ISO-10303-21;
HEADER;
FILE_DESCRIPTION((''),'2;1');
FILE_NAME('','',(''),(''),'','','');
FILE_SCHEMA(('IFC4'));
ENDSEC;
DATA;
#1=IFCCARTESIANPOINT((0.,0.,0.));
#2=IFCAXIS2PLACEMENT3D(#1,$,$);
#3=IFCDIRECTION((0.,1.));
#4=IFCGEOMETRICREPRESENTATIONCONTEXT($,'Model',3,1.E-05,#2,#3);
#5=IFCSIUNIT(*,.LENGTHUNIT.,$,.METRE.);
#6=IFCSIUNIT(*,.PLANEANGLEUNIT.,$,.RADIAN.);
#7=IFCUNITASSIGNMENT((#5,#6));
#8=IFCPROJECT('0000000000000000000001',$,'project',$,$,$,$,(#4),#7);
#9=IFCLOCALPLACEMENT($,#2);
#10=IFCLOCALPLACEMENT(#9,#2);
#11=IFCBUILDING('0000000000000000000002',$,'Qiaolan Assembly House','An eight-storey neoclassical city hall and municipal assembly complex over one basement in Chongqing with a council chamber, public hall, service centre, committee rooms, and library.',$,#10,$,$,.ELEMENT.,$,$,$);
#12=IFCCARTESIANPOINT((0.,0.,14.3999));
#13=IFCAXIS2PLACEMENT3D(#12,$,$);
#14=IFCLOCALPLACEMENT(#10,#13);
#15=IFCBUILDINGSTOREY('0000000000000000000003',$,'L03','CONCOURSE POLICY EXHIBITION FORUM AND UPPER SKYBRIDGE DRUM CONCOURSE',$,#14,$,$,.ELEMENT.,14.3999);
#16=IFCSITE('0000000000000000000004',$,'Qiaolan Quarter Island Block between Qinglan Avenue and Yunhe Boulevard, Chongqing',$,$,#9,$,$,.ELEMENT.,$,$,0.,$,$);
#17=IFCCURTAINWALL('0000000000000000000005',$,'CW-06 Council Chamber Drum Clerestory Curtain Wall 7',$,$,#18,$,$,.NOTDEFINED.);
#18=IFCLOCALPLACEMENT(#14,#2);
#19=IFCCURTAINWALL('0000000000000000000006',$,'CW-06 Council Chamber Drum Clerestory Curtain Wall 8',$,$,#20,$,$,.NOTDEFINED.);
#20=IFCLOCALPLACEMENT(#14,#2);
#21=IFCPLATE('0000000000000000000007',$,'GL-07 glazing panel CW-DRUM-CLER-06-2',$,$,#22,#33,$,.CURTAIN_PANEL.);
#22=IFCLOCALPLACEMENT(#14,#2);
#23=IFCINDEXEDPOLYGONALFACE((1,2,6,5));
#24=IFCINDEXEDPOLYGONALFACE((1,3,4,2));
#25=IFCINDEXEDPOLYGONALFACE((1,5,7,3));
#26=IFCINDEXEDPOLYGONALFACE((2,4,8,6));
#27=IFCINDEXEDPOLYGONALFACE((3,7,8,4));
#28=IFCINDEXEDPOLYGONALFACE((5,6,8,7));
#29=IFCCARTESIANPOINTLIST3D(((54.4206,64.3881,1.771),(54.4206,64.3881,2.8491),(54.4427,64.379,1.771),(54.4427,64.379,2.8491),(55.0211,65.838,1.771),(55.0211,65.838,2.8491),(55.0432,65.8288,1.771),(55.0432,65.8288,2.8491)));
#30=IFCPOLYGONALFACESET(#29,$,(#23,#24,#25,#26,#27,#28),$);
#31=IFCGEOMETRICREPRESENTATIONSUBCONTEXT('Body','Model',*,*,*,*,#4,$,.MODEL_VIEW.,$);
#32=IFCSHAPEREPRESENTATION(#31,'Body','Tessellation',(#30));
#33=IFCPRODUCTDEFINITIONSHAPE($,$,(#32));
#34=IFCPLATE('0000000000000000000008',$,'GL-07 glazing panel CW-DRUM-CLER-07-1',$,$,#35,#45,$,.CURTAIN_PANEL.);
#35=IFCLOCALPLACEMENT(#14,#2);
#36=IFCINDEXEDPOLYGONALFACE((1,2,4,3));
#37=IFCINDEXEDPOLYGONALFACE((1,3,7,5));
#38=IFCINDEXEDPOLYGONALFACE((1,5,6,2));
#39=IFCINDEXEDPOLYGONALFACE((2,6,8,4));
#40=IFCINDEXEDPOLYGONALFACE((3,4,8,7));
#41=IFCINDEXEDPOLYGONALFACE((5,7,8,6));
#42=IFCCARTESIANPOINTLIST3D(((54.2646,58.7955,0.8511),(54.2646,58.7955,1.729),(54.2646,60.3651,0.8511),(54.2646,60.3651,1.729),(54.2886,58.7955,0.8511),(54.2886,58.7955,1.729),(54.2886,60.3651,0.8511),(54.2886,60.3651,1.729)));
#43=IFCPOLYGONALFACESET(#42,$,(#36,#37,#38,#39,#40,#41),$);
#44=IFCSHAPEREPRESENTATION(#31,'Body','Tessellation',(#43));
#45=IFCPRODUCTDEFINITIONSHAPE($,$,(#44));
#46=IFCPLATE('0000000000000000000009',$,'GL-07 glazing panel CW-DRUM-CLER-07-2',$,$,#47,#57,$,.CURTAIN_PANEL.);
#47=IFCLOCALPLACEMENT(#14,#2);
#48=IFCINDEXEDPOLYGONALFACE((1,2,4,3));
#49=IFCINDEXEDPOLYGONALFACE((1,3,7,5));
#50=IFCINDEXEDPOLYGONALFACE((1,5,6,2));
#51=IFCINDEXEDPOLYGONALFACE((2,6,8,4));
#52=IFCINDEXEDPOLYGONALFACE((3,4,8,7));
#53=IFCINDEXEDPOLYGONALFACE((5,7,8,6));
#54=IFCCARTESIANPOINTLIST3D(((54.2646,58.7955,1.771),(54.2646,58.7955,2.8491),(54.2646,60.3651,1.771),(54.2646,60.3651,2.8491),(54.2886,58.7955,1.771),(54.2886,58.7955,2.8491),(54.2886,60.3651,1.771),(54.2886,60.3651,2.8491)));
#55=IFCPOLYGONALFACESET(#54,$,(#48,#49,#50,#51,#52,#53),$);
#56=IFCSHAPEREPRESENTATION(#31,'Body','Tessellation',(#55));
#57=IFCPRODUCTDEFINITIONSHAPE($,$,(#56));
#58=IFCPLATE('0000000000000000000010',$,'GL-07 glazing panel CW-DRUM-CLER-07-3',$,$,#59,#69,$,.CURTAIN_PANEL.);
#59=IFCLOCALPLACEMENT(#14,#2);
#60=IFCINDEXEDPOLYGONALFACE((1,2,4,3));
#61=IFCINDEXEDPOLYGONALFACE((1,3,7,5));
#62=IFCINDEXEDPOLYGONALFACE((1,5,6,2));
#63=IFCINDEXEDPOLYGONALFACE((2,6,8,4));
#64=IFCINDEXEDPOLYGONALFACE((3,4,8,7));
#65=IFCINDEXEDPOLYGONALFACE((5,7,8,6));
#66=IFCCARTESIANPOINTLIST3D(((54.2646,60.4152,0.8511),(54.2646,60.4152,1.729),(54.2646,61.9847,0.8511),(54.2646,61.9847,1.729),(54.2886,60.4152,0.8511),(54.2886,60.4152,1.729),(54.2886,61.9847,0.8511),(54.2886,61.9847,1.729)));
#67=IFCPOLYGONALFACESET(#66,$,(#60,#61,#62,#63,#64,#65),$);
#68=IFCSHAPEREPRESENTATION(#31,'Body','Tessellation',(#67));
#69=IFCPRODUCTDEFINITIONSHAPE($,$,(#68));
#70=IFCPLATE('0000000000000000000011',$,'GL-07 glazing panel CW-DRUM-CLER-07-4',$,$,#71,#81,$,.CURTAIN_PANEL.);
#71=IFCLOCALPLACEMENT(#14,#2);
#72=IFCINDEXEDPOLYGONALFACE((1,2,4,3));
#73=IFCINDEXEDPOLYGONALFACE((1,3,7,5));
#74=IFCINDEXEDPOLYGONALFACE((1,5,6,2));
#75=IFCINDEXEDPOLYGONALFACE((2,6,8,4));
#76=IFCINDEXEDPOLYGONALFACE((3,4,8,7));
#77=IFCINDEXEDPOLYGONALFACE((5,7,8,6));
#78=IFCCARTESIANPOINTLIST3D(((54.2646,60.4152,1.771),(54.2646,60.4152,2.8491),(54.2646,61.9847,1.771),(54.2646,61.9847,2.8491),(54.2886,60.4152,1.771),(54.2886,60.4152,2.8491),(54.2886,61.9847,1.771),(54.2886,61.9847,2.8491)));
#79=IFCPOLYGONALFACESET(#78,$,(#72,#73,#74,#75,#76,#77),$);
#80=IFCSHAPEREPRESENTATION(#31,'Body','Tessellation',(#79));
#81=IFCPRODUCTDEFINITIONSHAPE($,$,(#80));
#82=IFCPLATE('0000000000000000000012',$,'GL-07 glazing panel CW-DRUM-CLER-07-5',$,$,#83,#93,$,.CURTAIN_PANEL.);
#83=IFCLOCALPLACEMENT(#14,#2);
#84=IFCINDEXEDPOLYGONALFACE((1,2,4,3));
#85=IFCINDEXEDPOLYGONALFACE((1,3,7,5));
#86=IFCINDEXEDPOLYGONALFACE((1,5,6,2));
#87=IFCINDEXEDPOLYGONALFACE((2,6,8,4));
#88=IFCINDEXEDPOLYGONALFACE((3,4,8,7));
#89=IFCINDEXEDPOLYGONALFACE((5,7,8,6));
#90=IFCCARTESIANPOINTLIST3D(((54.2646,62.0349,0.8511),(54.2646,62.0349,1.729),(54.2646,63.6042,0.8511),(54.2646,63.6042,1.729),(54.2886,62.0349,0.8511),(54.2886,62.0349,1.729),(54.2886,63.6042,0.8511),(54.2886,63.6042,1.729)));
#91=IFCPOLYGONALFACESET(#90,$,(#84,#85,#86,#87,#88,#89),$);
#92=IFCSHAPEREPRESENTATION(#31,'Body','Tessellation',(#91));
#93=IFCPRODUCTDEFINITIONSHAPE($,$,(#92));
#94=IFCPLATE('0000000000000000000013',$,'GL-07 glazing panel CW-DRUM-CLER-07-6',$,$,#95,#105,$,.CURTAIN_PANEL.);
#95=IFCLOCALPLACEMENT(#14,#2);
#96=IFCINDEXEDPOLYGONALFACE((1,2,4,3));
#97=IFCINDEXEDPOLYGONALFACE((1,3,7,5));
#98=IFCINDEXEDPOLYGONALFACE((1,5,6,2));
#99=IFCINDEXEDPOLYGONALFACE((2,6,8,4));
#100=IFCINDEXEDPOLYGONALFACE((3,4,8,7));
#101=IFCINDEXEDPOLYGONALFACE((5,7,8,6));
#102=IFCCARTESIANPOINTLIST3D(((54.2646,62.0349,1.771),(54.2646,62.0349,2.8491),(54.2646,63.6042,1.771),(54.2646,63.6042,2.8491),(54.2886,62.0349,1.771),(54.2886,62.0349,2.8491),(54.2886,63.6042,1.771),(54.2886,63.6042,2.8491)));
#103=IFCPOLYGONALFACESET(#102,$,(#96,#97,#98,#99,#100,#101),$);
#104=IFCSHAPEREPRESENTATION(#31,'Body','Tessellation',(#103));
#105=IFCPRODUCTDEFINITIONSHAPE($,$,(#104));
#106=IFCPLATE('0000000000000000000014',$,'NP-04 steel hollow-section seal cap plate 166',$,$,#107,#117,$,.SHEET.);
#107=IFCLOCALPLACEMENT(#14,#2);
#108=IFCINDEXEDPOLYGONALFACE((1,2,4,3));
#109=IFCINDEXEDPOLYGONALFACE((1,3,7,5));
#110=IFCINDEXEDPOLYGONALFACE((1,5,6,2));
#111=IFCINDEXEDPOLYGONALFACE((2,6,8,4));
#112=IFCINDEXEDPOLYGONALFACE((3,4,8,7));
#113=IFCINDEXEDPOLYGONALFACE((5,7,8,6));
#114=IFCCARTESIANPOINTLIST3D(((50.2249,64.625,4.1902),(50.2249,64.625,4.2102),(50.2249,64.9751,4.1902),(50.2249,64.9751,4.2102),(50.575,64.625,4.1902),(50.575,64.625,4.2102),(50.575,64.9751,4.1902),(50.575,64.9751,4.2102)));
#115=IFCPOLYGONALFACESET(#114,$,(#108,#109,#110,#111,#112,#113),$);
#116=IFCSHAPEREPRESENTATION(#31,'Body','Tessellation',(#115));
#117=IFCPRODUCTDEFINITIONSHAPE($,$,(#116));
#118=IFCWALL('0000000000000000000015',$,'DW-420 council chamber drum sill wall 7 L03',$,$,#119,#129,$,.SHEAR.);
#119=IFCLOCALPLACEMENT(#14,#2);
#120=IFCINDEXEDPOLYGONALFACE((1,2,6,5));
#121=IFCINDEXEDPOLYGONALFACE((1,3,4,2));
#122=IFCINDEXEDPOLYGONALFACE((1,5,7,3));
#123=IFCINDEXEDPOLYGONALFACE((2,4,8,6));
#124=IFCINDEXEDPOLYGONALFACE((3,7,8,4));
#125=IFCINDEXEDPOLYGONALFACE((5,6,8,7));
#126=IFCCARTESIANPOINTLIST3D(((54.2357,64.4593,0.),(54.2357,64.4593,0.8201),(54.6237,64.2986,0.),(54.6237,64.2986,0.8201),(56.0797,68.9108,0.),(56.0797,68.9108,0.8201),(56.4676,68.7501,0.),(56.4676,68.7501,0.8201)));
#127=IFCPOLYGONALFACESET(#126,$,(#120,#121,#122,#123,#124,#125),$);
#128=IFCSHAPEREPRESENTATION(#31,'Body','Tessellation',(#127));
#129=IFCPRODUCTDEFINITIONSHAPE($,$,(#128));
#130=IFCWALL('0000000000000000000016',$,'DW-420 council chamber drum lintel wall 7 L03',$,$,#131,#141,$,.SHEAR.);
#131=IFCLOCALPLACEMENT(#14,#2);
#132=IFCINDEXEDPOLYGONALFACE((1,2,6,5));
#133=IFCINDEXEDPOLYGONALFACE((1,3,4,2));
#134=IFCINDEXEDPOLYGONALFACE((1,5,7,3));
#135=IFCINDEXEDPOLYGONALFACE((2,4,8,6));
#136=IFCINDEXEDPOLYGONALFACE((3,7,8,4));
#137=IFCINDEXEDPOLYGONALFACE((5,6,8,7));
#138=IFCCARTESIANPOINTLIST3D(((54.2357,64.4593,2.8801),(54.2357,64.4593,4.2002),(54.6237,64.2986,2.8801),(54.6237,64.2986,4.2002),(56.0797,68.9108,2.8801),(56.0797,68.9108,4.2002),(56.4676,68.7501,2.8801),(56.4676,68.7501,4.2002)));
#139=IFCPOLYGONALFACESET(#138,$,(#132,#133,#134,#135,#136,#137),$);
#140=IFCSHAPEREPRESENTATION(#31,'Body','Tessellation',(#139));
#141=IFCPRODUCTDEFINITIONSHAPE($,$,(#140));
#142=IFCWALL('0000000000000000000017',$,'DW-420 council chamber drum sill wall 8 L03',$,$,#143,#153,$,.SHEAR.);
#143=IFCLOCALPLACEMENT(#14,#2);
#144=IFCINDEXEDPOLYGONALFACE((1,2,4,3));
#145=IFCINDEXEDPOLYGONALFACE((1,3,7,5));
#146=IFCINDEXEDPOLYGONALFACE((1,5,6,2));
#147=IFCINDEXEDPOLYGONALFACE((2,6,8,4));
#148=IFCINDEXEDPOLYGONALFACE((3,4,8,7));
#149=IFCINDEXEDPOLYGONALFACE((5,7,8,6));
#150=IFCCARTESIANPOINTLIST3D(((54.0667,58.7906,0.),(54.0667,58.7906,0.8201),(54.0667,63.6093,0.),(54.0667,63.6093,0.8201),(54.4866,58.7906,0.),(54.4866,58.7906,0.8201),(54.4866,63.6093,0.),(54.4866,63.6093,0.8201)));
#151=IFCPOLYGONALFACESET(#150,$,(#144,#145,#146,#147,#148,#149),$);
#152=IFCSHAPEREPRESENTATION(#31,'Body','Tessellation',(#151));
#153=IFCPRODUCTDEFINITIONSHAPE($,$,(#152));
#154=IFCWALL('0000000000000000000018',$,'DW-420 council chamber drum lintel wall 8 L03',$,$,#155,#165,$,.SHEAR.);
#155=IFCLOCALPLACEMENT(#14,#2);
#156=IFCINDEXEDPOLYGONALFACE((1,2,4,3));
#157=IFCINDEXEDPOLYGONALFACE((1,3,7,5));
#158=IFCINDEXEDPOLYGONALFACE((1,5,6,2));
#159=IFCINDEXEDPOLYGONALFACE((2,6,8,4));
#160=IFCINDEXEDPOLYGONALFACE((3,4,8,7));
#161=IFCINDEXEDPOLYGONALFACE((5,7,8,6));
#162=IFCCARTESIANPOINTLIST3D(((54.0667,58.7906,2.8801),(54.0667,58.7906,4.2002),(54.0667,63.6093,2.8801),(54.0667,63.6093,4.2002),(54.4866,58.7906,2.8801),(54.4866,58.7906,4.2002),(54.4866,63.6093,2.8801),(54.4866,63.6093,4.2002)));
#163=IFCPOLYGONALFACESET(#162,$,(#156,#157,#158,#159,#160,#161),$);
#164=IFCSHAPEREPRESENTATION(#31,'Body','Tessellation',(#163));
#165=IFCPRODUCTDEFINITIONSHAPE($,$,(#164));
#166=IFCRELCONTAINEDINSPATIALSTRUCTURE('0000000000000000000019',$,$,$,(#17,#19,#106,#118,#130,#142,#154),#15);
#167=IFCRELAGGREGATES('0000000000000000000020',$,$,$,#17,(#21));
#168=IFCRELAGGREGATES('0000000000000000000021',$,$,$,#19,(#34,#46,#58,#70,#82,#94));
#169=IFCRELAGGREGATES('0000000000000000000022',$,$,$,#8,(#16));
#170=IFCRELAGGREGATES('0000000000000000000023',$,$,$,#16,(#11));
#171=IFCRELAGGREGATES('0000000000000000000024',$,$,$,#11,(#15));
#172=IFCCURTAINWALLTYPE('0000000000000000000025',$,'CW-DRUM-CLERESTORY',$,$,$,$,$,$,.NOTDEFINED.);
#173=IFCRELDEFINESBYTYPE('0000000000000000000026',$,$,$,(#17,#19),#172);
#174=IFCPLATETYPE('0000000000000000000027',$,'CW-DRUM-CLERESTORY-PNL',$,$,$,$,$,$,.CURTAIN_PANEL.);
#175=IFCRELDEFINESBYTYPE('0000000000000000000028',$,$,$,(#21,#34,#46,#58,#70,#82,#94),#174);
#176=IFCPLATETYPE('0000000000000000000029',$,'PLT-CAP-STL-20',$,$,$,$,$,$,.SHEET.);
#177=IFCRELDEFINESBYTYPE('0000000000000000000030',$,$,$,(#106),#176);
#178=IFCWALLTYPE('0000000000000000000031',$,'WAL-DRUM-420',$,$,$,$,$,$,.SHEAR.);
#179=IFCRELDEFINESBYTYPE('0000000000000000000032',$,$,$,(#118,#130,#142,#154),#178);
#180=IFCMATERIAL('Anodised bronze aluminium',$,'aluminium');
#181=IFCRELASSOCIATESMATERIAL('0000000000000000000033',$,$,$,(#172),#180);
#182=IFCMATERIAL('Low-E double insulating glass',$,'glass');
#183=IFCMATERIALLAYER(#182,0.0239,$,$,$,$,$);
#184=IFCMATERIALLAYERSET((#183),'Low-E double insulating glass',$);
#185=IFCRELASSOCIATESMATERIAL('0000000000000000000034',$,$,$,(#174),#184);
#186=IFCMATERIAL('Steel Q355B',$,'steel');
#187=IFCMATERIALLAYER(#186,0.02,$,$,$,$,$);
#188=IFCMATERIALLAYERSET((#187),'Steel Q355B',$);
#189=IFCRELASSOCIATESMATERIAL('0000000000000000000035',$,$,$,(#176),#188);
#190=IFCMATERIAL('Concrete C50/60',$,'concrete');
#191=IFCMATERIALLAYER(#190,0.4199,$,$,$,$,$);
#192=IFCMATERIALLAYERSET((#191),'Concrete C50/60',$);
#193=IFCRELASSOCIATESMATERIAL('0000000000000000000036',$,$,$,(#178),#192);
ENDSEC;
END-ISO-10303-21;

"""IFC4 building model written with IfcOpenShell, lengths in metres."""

from ifc_helpers import new_model, si_unit, direction, frame, frame_2d, origin, origin_2d, place, context, subcontext, project, spatial, rectangle, extrude, material, layer, layer_set, type_object, element, aggregate, save


model = new_model("IFC4")

# Units and contexts
model_context = context("Model", 3, precision=1e-05, world=origin(), true_north=direction((0.0, 1.0)))
body_context = subcontext(model_context, "Body", "Model", "MODEL_VIEW")
ifc_project = project(units=[si_unit("LENGTHUNIT", "METRE"), si_unit("PLANEANGLEUNIT", "RADIAN")], contexts=[model_context])

# Site, building, storey
site_placement = place(None, origin())
site = spatial("IfcSite", under=ifc_project, at=site_placement, Name="Qiaolan Quarter Island Block between Qinglan Avenue and Yunhe Boulevard, Chongqing", CompositionType="ELEMENT", RefElevation=0.0)
building_placement = place(site_placement, origin())
building = spatial("IfcBuilding", under=site, at=building_placement, Name="Qiaolan Assembly House", Description="An eight-storey neoclassical city hall and municipal assembly complex over one basement in Chongqing with a council chamber, public hall, service centre, committee rooms, and library.", CompositionType="ELEMENT")
storey_placement = place(building_placement, frame((0.0, 0.0, 14.3999)))
storey = spatial("IfcBuildingStorey", under=building, at=storey_placement, Name="L03", Description="CONCOURSE POLICY EXHIBITION FORUM AND UPPER SKYBRIDGE DRUM CONCOURSE", CompositionType="ELEMENT", Elevation=14.3999)

# Shared definitions
ifc_material_1 = material(Name="Steel Q355B", Category="steel")

# Curtain wall
ifc_material_2 = material(Name="Anodised bronze aluminium", Category="aluminium")
curtain_wall_type = type_object("IfcCurtainWallType", Name="CW-DRUM-CLERESTORY", PredefinedType="NOTDEFINED", material=ifc_material_2)
curtain_wall_1_placement = place(storey_placement, origin())
curtain_wall_1 = element("IfcCurtainWall", 1, at=curtain_wall_1_placement, inside=storey, type_object=curtain_wall_type, Name="CW-06 Council Chamber Drum Clerestory Curtain Wall 7", PredefinedType="NOTDEFINED")

# Curtain wall
curtain_wall_2_placement = place(storey_placement, origin())
curtain_wall_2 = element("IfcCurtainWall", 2, at=curtain_wall_2_placement, inside=storey, type_object=curtain_wall_type, Name="CW-06 Council Chamber Drum Clerestory Curtain Wall 8", PredefinedType="NOTDEFINED")

# Plates
ifc_material_3 = material(Name="Low-E double insulating glass", Category="glass")
ifc_layer_1 = layer(ifc_material_3, 0.0239)
ifc_layer_set_1 = layer_set([ifc_layer_1], Name="Low-E double insulating glass")
plate_type_1 = type_object("IfcPlateType", Name="CW-DRUM-CLERESTORY-PNL", PredefinedType="CURTAIN_PANEL", material=ifc_layer_set_1)
plate_1_placement = place(storey_placement, frame((54.4316, 64.3835, 1.771), z_axis=(0.0, 0.0, 1.0), x_axis=(0.382682, 0.92388, 0.0)))
plate_1 = element("IfcPlate", 3, at=plate_1_placement, type_object=plate_type_1, Name="GL-07 glazing panel CW-DRUM-CLER-06-2", PredefinedType="CURTAIN_PANEL", context=body_context, shape_type="SweptSolid", body=[
    extrude(rectangle(XDim=1.5693, YDim=0.0239, at=frame_2d((0.7847, 0.0))), origin(), (0.0, 0.0, 1.0), 1.0781),
])
aggregate(curtain_wall_1, [plate_1])
plate_2_placement = place(storey_placement, frame((54.2766, 58.7957, 0.8511), z_axis=(0.0, 0.0, 1.0), x_axis=(0.0, 1.0, 0.0)))
plate_2 = element("IfcPlate", 4, at=plate_2_placement, type_object=plate_type_1, Name="GL-07 glazing panel CW-DRUM-CLER-07-1", PredefinedType="CURTAIN_PANEL", context=body_context, shape_type="SweptSolid", body=[
    extrude(rectangle(XDim=1.5696, YDim=0.0239, at=frame_2d((0.7847, 0.0))), origin(), (0.0, 0.0, 1.0), 0.8779),
])
plate_3_placement = place(storey_placement, frame((54.2766, 58.7957, 1.771), z_axis=(0.0, 0.0, 1.0), x_axis=(0.0, 1.0, 0.0)))
plate_3 = element("IfcPlate", 5, at=plate_3_placement, type_object=plate_type_1, Name="GL-07 glazing panel CW-DRUM-CLER-07-2", PredefinedType="CURTAIN_PANEL", context=body_context, shape_type="SweptSolid", body=[
    extrude(rectangle(XDim=1.5696, YDim=0.0239, at=frame_2d((0.7847, 0.0))), origin(), (0.0, 0.0, 1.0), 1.0781),
])
plate_4_placement = place(storey_placement, frame((54.2766, 60.4153, 0.8511), z_axis=(0.0, 0.0, 1.0), x_axis=(0.0, 1.0, 0.0)))
plate_4 = element("IfcPlate", 6, at=plate_4_placement, type_object=plate_type_1, Name="GL-07 glazing panel CW-DRUM-CLER-07-3", PredefinedType="CURTAIN_PANEL", context=body_context, shape_type="SweptSolid", body=[
    extrude(rectangle(XDim=1.5696, YDim=0.0239, at=frame_2d((0.7847, 0.0))), origin(), (0.0, 0.0, 1.0), 0.8779),
])
plate_5_placement = place(storey_placement, frame((54.2766, 60.4153, 1.771), z_axis=(0.0, 0.0, 1.0), x_axis=(0.0, 1.0, 0.0)))
plate_5 = element("IfcPlate", 7, at=plate_5_placement, type_object=plate_type_1, Name="GL-07 glazing panel CW-DRUM-CLER-07-4", PredefinedType="CURTAIN_PANEL", context=body_context, shape_type="SweptSolid", body=[
    extrude(rectangle(XDim=1.5696, YDim=0.0239, at=frame_2d((0.7847, 0.0))), origin(), (0.0, 0.0, 1.0), 1.0781),
])
plate_6_placement = place(storey_placement, frame((54.2766, 62.0349, 0.8511), z_axis=(0.0, 0.0, 1.0), x_axis=(0.0, 1.0, 0.0)))
plate_6 = element("IfcPlate", 8, at=plate_6_placement, type_object=plate_type_1, Name="GL-07 glazing panel CW-DRUM-CLER-07-5", PredefinedType="CURTAIN_PANEL", context=body_context, shape_type="SweptSolid", body=[
    extrude(rectangle(XDim=1.5693, YDim=0.0239, at=frame_2d((0.7847, 0.0))), origin(), (0.0, 0.0, 1.0), 0.8779),
])
plate_7_placement = place(storey_placement, frame((54.2766, 62.0349, 1.771), z_axis=(0.0, 0.0, 1.0), x_axis=(0.0, 1.0, 0.0)))
plate_7 = element("IfcPlate", 9, at=plate_7_placement, type_object=plate_type_1, Name="GL-07 glazing panel CW-DRUM-CLER-07-6", PredefinedType="CURTAIN_PANEL", context=body_context, shape_type="SweptSolid", body=[
    extrude(rectangle(XDim=1.5693, YDim=0.0239, at=frame_2d((0.7847, 0.0))), origin(), (0.0, 0.0, 1.0), 1.0781),
])
aggregate(curtain_wall_2, [plate_2, plate_3, plate_4, plate_5, plate_6, plate_7])
ifc_layer_2 = layer(ifc_material_1, 0.02)
ifc_layer_set_2 = layer_set([ifc_layer_2], Name="Steel Q355B")
plate_type_2 = type_object("IfcPlateType", Name="PLT-CAP-STL-20", PredefinedType="SHEET", material=ifc_layer_set_2)
plate_8_placement = place(storey_placement, frame((50.3999, 64.8, 4.1902), z_axis=(0.0, 0.0, 1.0), x_axis=(1.0, 0.0, 0.0)))
element("IfcPlate", 10, at=plate_8_placement, inside=storey, type_object=plate_type_2, Name="NP-04 steel hollow-section seal cap plate 166", PredefinedType="SHEET", context=body_context, shape_type="SweptSolid", body=[
    extrude(rectangle(XDim=0.3501, YDim=0.3501, at=origin_2d()), origin(), (0.0, 0.0, 1.0), 0.02),
])

# Walls
ifc_material_4 = material(Name="Concrete C50/60", Category="concrete")
ifc_layer_3 = layer(ifc_material_4, 0.4199)
ifc_layer_set_3 = layer_set([ifc_layer_3], Name="Concrete C50/60")
wall_type = type_object("IfcWallType", Name="WAL-DRUM-420", PredefinedType="SHEAR", material=ifc_layer_set_3)
wall_1_placement = place(storey_placement, frame((54.4297, 64.3789, 0.0), z_axis=(0.0, 0.0, 1.0), x_axis=(0.382693, 0.923875, 0.0)))
element("IfcWall", 11, at=wall_1_placement, inside=storey, type_object=wall_type, Name="DW-420 council chamber drum sill wall 7 L03", PredefinedType="SHEAR", context=body_context, shape_type="SweptSolid", body=[
    extrude(rectangle(XDim=4.8184, YDim=0.4199, at=frame_2d((2.4092, 0.0))), origin(), (0.0, 0.0, 1.0), 0.8201),
])
wall_2_placement = place(storey_placement, frame((54.4297, 64.3789, 2.8801), z_axis=(0.0, 0.0, 1.0), x_axis=(0.382693, 0.923875, 0.0)))
element("IfcWall", 12, at=wall_2_placement, inside=storey, type_object=wall_type, Name="DW-420 council chamber drum lintel wall 7 L03", PredefinedType="SHEAR", context=body_context, shape_type="SweptSolid", body=[
    extrude(rectangle(XDim=4.8184, YDim=0.4199, at=frame_2d((2.4092, 0.0))), origin(), (0.0, 0.0, 1.0), 1.3201),
])
wall_3_placement = place(storey_placement, frame((54.2766, 58.7908, 0.0), z_axis=(0.0, 0.0, 1.0), x_axis=(0.0, 1.0, 0.0)))
element("IfcWall", 13, at=wall_3_placement, inside=storey, type_object=wall_type, Name="DW-420 council chamber drum sill wall 8 L03", PredefinedType="SHEAR", context=body_context, shape_type="SweptSolid", body=[
    extrude(rectangle(XDim=4.8186, YDim=0.4199, at=frame_2d((2.4092, 0.0))), origin(), (0.0, 0.0, 1.0), 0.8201),
])
wall_4_placement = place(storey_placement, frame((54.2766, 58.7908, 2.8801), z_axis=(0.0, 0.0, 1.0), x_axis=(0.0, 1.0, 0.0)))
element("IfcWall", 14, at=wall_4_placement, inside=storey, type_object=wall_type, Name="DW-420 council chamber drum lintel wall 8 L03", PredefinedType="SHEAR", context=body_context, shape_type="SweptSolid", body=[
    extrude(rectangle(XDim=4.8186, YDim=0.4199, at=frame_2d((2.4092, 0.0))), origin(), (0.0, 0.0, 1.0), 1.3201),
])

save(model, "model.ifc")
